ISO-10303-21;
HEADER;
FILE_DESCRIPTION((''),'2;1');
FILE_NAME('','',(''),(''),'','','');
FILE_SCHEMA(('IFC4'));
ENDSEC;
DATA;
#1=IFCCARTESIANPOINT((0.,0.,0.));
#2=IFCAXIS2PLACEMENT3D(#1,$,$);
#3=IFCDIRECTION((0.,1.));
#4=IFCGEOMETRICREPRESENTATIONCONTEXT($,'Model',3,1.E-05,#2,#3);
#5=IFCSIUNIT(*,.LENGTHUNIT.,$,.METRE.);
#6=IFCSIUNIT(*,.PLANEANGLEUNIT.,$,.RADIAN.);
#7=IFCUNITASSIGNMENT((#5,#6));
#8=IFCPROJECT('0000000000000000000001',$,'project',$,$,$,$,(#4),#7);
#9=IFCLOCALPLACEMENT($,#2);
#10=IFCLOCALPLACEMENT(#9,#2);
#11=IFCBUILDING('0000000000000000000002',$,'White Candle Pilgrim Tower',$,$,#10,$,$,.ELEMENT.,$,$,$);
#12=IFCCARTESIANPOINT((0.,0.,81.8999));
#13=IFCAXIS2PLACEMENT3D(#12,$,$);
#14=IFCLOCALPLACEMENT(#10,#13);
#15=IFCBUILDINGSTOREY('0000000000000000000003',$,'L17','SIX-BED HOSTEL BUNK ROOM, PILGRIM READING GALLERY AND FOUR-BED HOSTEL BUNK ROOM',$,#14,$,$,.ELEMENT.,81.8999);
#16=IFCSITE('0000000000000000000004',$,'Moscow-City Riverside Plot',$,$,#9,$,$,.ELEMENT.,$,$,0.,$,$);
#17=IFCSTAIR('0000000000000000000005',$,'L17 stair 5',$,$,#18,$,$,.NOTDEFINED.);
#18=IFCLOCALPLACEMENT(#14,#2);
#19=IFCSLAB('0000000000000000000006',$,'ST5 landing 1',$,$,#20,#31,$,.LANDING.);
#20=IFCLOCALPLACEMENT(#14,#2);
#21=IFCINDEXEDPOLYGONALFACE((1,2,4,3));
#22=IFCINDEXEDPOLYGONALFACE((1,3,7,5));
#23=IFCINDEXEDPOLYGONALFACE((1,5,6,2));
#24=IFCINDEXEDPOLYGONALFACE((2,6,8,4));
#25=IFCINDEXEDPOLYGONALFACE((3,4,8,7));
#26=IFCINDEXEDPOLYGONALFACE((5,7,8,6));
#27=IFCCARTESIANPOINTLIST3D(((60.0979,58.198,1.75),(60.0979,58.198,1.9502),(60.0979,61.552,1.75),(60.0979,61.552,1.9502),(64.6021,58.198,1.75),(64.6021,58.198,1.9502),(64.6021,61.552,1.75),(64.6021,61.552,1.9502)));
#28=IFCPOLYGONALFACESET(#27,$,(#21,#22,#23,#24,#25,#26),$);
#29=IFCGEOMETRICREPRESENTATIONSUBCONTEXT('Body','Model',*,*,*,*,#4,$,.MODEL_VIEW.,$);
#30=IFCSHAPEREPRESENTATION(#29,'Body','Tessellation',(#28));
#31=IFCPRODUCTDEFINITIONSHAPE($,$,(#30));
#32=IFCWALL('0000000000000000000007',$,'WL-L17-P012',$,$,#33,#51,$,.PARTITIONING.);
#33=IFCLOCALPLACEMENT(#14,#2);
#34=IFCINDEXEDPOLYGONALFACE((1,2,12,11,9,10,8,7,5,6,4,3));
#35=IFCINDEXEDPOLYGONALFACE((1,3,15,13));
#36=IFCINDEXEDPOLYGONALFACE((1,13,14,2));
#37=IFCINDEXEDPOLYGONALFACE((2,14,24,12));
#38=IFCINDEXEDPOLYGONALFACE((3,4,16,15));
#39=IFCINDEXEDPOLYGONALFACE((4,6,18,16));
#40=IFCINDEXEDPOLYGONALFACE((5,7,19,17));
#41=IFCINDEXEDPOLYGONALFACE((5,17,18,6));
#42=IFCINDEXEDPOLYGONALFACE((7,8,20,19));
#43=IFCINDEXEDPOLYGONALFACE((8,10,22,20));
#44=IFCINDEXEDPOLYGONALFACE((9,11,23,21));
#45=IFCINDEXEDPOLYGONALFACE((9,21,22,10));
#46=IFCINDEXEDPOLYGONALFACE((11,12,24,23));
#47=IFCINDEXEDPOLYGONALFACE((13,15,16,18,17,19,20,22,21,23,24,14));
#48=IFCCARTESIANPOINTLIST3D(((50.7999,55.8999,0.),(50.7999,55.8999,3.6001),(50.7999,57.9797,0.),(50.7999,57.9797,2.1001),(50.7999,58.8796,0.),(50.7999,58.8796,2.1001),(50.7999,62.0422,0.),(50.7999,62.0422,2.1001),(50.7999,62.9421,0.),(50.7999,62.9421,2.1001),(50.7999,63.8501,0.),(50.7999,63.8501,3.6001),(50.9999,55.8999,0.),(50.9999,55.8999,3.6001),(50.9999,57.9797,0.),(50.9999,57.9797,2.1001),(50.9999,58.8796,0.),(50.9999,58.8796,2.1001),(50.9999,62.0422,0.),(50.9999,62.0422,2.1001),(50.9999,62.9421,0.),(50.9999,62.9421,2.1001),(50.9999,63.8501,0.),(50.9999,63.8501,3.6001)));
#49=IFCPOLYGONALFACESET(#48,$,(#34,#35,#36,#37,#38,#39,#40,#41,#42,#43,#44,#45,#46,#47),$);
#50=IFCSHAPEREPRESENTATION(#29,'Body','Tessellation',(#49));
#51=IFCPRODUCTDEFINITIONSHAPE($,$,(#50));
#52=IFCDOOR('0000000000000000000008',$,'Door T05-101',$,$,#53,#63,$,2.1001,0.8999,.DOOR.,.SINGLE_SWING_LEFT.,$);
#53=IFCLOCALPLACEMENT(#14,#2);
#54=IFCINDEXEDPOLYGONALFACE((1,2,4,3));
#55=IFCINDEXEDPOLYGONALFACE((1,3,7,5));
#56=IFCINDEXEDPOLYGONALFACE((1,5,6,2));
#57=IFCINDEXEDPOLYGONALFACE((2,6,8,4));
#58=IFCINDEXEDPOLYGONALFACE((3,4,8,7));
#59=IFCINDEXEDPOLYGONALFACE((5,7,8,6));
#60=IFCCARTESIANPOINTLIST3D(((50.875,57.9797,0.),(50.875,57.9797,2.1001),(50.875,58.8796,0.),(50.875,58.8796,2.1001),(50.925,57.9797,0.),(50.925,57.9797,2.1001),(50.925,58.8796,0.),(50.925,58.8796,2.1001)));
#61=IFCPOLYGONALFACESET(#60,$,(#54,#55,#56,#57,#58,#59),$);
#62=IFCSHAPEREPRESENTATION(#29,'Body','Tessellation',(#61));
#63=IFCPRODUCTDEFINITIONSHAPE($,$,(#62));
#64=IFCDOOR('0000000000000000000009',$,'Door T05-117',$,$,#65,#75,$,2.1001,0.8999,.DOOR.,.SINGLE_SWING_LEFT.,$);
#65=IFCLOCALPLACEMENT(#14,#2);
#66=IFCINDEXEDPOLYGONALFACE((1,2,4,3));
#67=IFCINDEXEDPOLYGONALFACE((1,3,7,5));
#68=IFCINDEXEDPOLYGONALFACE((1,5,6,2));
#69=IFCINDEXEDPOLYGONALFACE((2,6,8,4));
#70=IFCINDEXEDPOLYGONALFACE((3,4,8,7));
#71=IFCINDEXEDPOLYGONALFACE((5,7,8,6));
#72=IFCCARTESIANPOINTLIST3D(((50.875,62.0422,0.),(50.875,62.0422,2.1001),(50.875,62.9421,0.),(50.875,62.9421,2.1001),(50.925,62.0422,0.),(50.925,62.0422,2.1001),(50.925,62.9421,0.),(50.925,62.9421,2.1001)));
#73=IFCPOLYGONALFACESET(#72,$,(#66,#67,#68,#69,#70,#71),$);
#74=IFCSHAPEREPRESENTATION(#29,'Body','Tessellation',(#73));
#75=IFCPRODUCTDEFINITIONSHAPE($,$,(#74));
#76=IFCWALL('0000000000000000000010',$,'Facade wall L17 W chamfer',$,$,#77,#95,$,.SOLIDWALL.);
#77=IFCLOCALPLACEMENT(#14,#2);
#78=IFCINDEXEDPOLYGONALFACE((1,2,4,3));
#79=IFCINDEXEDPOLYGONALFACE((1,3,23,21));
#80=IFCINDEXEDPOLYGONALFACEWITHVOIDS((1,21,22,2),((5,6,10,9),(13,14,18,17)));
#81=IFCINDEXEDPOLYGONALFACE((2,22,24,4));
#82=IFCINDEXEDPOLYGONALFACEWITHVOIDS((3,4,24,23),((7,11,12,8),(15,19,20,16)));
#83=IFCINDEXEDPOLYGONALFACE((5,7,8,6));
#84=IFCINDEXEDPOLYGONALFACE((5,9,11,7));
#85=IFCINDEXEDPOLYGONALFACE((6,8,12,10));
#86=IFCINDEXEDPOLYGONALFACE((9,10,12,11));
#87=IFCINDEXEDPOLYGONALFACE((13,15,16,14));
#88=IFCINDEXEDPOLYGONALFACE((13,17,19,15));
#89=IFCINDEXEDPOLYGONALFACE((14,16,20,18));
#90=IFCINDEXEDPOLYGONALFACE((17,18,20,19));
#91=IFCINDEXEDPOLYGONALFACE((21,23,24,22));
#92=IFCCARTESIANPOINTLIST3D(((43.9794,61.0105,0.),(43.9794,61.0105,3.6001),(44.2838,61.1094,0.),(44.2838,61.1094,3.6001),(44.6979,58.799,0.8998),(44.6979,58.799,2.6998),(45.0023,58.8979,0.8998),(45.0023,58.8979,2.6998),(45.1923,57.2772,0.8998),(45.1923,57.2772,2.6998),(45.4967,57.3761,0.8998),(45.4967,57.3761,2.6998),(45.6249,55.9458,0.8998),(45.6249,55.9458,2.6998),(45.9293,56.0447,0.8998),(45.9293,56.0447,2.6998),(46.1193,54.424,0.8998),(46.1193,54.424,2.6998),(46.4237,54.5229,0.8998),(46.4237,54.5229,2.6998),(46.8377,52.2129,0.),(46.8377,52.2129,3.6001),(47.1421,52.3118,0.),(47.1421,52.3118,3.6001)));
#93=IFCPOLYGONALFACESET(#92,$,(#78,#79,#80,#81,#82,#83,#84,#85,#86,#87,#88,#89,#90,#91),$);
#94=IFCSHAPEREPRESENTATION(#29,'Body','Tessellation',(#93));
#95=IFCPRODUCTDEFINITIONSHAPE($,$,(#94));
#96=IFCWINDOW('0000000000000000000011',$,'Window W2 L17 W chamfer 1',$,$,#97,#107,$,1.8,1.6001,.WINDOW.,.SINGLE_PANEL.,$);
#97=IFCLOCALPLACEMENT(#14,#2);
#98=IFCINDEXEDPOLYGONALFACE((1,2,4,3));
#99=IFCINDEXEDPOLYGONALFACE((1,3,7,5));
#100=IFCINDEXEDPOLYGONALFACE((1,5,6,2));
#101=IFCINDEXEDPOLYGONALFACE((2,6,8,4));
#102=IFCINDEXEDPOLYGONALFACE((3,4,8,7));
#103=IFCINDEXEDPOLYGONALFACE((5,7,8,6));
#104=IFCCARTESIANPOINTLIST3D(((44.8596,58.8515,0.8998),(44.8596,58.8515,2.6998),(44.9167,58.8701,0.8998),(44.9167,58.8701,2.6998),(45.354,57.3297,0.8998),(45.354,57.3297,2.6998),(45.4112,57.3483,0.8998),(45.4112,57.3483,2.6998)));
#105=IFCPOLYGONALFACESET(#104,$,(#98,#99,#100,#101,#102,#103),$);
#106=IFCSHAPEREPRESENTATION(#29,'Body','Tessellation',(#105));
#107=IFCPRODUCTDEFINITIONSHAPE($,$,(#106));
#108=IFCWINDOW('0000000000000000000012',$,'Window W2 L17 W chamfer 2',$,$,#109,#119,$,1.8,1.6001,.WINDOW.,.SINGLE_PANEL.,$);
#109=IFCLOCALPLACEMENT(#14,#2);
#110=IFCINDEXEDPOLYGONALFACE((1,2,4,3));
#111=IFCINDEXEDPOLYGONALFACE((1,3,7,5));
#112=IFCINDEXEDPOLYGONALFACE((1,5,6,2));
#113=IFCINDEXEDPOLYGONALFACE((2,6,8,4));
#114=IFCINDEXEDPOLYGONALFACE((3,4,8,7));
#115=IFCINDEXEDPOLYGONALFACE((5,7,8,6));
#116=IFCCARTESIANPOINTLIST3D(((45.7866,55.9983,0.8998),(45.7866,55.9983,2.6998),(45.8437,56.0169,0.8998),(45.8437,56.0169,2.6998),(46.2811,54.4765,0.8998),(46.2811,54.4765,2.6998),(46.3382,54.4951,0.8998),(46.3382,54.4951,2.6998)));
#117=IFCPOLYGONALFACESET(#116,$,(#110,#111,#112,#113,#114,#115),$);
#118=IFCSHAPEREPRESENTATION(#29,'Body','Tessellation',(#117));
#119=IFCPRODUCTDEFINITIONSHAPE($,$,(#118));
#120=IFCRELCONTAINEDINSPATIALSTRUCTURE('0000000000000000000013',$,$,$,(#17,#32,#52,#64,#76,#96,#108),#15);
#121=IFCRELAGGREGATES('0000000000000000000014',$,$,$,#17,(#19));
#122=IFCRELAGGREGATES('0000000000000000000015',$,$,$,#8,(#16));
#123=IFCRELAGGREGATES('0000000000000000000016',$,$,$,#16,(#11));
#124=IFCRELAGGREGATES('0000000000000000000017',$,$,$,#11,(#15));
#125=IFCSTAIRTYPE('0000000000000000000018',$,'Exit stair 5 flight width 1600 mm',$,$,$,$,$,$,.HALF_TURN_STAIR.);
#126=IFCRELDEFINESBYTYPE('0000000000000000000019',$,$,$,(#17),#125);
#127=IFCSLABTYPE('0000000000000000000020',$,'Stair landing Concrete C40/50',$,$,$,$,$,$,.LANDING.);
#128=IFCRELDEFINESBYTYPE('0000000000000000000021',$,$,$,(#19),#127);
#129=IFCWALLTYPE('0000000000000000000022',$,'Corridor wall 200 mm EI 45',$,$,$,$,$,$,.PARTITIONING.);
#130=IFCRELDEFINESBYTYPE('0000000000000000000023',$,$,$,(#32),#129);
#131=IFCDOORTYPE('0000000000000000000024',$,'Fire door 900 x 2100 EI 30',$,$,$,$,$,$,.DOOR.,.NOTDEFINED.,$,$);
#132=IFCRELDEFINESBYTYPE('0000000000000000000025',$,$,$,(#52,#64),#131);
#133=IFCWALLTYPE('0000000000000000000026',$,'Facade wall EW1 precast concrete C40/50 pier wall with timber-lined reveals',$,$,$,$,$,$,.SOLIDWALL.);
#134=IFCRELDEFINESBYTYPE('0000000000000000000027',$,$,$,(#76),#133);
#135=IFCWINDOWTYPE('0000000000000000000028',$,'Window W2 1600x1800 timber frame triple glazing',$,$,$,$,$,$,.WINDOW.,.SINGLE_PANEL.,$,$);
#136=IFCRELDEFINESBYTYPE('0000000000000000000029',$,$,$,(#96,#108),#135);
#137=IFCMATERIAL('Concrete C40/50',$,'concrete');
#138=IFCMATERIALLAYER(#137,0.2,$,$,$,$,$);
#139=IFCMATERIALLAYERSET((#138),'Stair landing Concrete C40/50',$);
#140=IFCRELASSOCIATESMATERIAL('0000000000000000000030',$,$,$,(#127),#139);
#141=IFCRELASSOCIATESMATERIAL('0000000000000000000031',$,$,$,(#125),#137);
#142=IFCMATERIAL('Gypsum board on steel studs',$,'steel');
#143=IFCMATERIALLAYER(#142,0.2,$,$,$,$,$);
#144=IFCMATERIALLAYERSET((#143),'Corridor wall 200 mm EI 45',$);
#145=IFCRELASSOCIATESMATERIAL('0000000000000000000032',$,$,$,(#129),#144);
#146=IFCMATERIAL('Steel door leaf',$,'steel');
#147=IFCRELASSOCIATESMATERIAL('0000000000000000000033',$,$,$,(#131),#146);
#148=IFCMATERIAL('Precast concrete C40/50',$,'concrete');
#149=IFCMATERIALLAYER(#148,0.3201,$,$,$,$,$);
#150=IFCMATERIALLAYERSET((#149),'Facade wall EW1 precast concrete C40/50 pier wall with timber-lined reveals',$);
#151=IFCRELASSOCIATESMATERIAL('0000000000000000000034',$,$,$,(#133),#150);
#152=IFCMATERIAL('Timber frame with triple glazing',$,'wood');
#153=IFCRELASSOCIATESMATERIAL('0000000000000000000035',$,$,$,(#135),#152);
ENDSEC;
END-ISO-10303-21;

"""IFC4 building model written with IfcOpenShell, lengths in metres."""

from ifc_helpers import new_model, si_unit, direction, frame, frame_2d, origin, place, context, subcontext, project, spatial, polyline, rectangle, outline, extrude, material, layer, layer_set, type_object, element, fill, aggregate, save


model = new_model("IFC4")

# Units and contexts
model_context = context("Model", 3, precision=1e-05, world=origin(), true_north=direction((0.0, 1.0)))
body_context = subcontext(model_context, "Body", "Model", "MODEL_VIEW")
ifc_project = project(units=[si_unit("LENGTHUNIT", "METRE"), si_unit("PLANEANGLEUNIT", "RADIAN")], contexts=[model_context])

# Site, building, storey
site_placement = place(None, origin())
site = spatial("IfcSite", under=ifc_project, at=site_placement, Name="Moscow-City Riverside Plot", CompositionType="ELEMENT", RefElevation=0.0)
building_placement = place(site_placement, origin())
building = spatial("IfcBuilding", under=site, at=building_placement, Name="White Candle Pilgrim Tower", CompositionType="ELEMENT")
storey_placement = place(building_placement, frame((0.0, 0.0, 81.8999)))
storey = spatial("IfcBuildingStorey", under=building, at=storey_placement, Name="L17", Description="SIX-BED HOSTEL BUNK ROOM, PILGRIM READING GALLERY AND FOUR-BED HOSTEL BUNK ROOM", CompositionType="ELEMENT", Elevation=81.8999)

# Stair, slab
ifc_material_1 = material(Name="Concrete C40/50", Category="concrete")
ifc_layer_1 = layer(ifc_material_1, 0.2)
ifc_layer_set_1 = layer_set([ifc_layer_1], Name="Stair landing Concrete C40/50")
slab_type = type_object("IfcSlabType", Name="Stair landing Concrete C40/50", PredefinedType="LANDING", material=ifc_layer_set_1)
stair_type_1 = type_object("IfcStairType", Name="Exit stair 5 flight width 1600 mm", PredefinedType="HALF_TURN_STAIR", material=ifc_material_1)
stair_1_placement = place(storey_placement, origin())
stair_1 = element("IfcStair", 1, at=stair_1_placement, inside=storey, type_object=stair_type_1, Name="L17 stair 5", PredefinedType="NOTDEFINED")
slab_1_placement = place(storey_placement, frame((0.0, 0.0, 1.75)))
slab_1 = element("IfcSlab", 2, at=slab_1_placement, type_object=slab_type, Name="ST5 landing 1", PredefinedType="LANDING", context=body_context, shape_type="SweptSolid", body=[
    extrude(outline(polyline([(60.0979, 58.198), (60.0979, 61.552), (64.6021, 61.552), (64.6021, 58.198), (60.0979, 58.198)])), origin(), (0.0, 0.0, 1.0), 0.2002),
])
aggregate(stair_1, [slab_1])

# Wall, openings, doors
ifc_material_2 = material(Name="Gypsum board on steel studs", Category="steel")
ifc_layer_2 = layer(ifc_material_2, 0.2)
ifc_layer_set_2 = layer_set([ifc_layer_2], Name="Corridor wall 200 mm EI 45")
wall_type_1 = type_object("IfcWallType", Name="Corridor wall 200 mm EI 45", PredefinedType="PARTITIONING", material=ifc_layer_set_2)
wall_1_placement = place(storey_placement, frame((50.8999, 55.8999, 0.0), z_axis=(0.0, 0.0, 1.0), x_axis=(0.0, 1.0, 0.0)))
wall_1 = element("IfcWall", 3, at=wall_1_placement, inside=storey, type_object=wall_type_1, Name="WL-L17-P012", PredefinedType="PARTITIONING", context=body_context, shape_type="SweptSolid", body=[
    extrude(rectangle(XDim=7.9502, YDim=0.2, at=frame_2d((3.9751, 0.0))), origin(), (0.0, 0.0, 1.0), 3.6001),
])
opening_1_placement = place(wall_1_placement, frame((2.0798, 0.0, 0.0)))
opening_1 = element("IfcOpeningElement", 4, at=opening_1_placement, cuts=wall_1, PredefinedType="OPENING", context=body_context, shape_type="SweptSolid", body=[
    extrude(rectangle(XDim=0.8999, YDim=2.1001, at=frame_2d((0.45, 1.05))), frame((0.0, 0.1099, 0.0), z_axis=(0.0, -1.0, 0.0), x_axis=(1.0, 0.0, 0.0)), (0.0, 0.0, 1.0), 0.22),
])
opening_2_placement = place(wall_1_placement, frame((6.1423, 0.0, 0.0)))
opening_2 = element("IfcOpeningElement", 5, at=opening_2_placement, cuts=wall_1, PredefinedType="OPENING", context=body_context, shape_type="SweptSolid", body=[
    extrude(rectangle(XDim=0.8999, YDim=2.1001, at=frame_2d((0.45, 1.05))), frame((0.0, 0.1099, 0.0), z_axis=(0.0, -1.0, 0.0), x_axis=(1.0, 0.0, 0.0)), (0.0, 0.0, 1.0), 0.22),
])
ifc_material_3 = material(Name="Steel door leaf", Category="steel")
door_type = type_object("IfcDoorType", Name="Fire door 900 x 2100 EI 30", OperationType="NOTDEFINED", PredefinedType="DOOR", material=ifc_material_3)
door_1_placement = place(opening_1_placement, origin())
door_1 = element("IfcDoor", 6, at=door_1_placement, inside=storey, type_object=door_type, Name="Door T05-101", OperationType="SINGLE_SWING_LEFT", OverallHeight=2.1001, OverallWidth=0.8999, PredefinedType="DOOR", context=body_context, shape_type="SweptSolid", body=[
    extrude(rectangle(XDim=0.8999, YDim=2.1001, at=frame_2d((0.45, 1.05))), frame((0.0, 0.0249, 0.0), z_axis=(0.0, -1.0, 0.0), x_axis=(1.0, 0.0, 0.0)), (0.0, 0.0, 1.0), 0.05),
])
fill(opening_1, door_1)
door_2_placement = place(opening_2_placement, origin())
door_2 = element("IfcDoor", 7, at=door_2_placement, inside=storey, type_object=door_type, Name="Door T05-117", OperationType="SINGLE_SWING_LEFT", OverallHeight=2.1001, OverallWidth=0.8999, PredefinedType="DOOR", context=body_context, shape_type="SweptSolid", body=[
    extrude(rectangle(XDim=0.8999, YDim=2.1001, at=frame_2d((0.45, 1.05))), frame((0.0, 0.0249, 0.0), z_axis=(0.0, -1.0, 0.0), x_axis=(1.0, 0.0, 0.0)), (0.0, 0.0, 1.0), 0.05),
])
fill(opening_2, door_2)

# Wall, openings, windows
ifc_material_4 = material(Name="Precast concrete C40/50", Category="concrete")
ifc_layer_3 = layer(ifc_material_4, 0.3201)
ifc_layer_set_3 = layer_set([ifc_layer_3], Name="Facade wall EW1 precast concrete C40/50 pier wall with timber-lined reveals")
wall_type_2 = type_object("IfcWallType", Name="Facade wall EW1 precast concrete C40/50 pier wall with timber-lined reveals", PredefinedType="SOLIDWALL", material=ifc_layer_set_3)
wall_2_placement = place(storey_placement, frame((44.1316, 61.0598, 0.0), z_axis=(0.0, 0.0, 1.0), x_axis=(0.309006, -0.95106, 0.0)))
wall_2 = element("IfcWall", 8, at=wall_2_placement, inside=storey, type_object=wall_type_2, Name="Facade wall L17 W chamfer", PredefinedType="SOLIDWALL", context=body_context, shape_type="SweptSolid", body=[
    extrude(rectangle(XDim=9.2502, YDim=0.3201, at=frame_2d((4.625, 0.0))), origin(), (0.0, 0.0, 1.0), 3.6001),
])
opening_3_placement = place(wall_2_placement, frame((2.3252, 0.0, 0.8999)))
opening_3 = element("IfcOpeningElement", 9, at=opening_3_placement, cuts=wall_2, PredefinedType="OPENING", context=body_context, shape_type="SweptSolid", body=[
    extrude(rectangle(XDim=1.6001, YDim=1.8, at=frame_2d((0.8, 0.8999))), frame((0.0, 0.1699, 0.0), z_axis=(0.0, -1.0, 0.0), x_axis=(1.0, 0.0, 0.0)), (0.0, 0.0, 1.0), 0.3401),
])
opening_4_placement = place(wall_2_placement, frame((5.3252, 0.0, 0.8999)))
opening_4 = element("IfcOpeningElement", 10, at=opening_4_placement, cuts=wall_2, PredefinedType="OPENING", context=body_context, shape_type="SweptSolid", body=[
    extrude(rectangle(XDim=1.6001, YDim=1.8, at=frame_2d((0.8, 0.8999))), frame((0.0, 0.1699, 0.0), z_axis=(0.0, -1.0, 0.0), x_axis=(1.0, 0.0, 0.0)), (0.0, 0.0, 1.0), 0.3401),
])
ifc_material_5 = material(Name="Timber frame with triple glazing", Category="wood")
window_type_1 = type_object("IfcWindowType", Name="Window W2 1600x1800 timber frame triple glazing", PartitioningType="SINGLE_PANEL", PredefinedType="WINDOW", material=ifc_material_5)
window_1_placement = place(opening_3_placement, origin())
window_1 = element("IfcWindow", 11, at=window_1_placement, inside=storey, type_object=window_type_1, Name="Window W2 L17 W chamfer 1", OverallHeight=1.8, OverallWidth=1.6001, PartitioningType="SINGLE_PANEL", PredefinedType="WINDOW", context=body_context, shape_type="SweptSolid", body=[
    extrude(rectangle(XDim=1.6001, YDim=1.8, at=frame_2d((0.8, 0.8999))), frame((0.0, 0.0701, 0.0), z_axis=(0.0, -1.0, 0.0), x_axis=(1.0, 0.0, 0.0)), (0.0, 0.0, 1.0), 0.0601),
])
fill(opening_3, window_1)
window_2_placement = place(opening_4_placement, origin())
window_2 = element("IfcWindow", 12, at=window_2_placement, inside=storey, type_object=window_type_1, Name="Window W2 L17 W chamfer 2", OverallHeight=1.8, OverallWidth=1.6001, PartitioningType="SINGLE_PANEL", PredefinedType="WINDOW", context=body_context, shape_type="SweptSolid", body=[
    extrude(rectangle(XDim=1.6001, YDim=1.8, at=frame_2d((0.8, 0.8999))), frame((0.0, 0.0701, 0.0), z_axis=(0.0, -1.0, 0.0), x_axis=(1.0, 0.0, 0.0)), (0.0, 0.0, 1.0), 0.0601),
])
fill(opening_4, window_2)

save(model, "model.ifc")
